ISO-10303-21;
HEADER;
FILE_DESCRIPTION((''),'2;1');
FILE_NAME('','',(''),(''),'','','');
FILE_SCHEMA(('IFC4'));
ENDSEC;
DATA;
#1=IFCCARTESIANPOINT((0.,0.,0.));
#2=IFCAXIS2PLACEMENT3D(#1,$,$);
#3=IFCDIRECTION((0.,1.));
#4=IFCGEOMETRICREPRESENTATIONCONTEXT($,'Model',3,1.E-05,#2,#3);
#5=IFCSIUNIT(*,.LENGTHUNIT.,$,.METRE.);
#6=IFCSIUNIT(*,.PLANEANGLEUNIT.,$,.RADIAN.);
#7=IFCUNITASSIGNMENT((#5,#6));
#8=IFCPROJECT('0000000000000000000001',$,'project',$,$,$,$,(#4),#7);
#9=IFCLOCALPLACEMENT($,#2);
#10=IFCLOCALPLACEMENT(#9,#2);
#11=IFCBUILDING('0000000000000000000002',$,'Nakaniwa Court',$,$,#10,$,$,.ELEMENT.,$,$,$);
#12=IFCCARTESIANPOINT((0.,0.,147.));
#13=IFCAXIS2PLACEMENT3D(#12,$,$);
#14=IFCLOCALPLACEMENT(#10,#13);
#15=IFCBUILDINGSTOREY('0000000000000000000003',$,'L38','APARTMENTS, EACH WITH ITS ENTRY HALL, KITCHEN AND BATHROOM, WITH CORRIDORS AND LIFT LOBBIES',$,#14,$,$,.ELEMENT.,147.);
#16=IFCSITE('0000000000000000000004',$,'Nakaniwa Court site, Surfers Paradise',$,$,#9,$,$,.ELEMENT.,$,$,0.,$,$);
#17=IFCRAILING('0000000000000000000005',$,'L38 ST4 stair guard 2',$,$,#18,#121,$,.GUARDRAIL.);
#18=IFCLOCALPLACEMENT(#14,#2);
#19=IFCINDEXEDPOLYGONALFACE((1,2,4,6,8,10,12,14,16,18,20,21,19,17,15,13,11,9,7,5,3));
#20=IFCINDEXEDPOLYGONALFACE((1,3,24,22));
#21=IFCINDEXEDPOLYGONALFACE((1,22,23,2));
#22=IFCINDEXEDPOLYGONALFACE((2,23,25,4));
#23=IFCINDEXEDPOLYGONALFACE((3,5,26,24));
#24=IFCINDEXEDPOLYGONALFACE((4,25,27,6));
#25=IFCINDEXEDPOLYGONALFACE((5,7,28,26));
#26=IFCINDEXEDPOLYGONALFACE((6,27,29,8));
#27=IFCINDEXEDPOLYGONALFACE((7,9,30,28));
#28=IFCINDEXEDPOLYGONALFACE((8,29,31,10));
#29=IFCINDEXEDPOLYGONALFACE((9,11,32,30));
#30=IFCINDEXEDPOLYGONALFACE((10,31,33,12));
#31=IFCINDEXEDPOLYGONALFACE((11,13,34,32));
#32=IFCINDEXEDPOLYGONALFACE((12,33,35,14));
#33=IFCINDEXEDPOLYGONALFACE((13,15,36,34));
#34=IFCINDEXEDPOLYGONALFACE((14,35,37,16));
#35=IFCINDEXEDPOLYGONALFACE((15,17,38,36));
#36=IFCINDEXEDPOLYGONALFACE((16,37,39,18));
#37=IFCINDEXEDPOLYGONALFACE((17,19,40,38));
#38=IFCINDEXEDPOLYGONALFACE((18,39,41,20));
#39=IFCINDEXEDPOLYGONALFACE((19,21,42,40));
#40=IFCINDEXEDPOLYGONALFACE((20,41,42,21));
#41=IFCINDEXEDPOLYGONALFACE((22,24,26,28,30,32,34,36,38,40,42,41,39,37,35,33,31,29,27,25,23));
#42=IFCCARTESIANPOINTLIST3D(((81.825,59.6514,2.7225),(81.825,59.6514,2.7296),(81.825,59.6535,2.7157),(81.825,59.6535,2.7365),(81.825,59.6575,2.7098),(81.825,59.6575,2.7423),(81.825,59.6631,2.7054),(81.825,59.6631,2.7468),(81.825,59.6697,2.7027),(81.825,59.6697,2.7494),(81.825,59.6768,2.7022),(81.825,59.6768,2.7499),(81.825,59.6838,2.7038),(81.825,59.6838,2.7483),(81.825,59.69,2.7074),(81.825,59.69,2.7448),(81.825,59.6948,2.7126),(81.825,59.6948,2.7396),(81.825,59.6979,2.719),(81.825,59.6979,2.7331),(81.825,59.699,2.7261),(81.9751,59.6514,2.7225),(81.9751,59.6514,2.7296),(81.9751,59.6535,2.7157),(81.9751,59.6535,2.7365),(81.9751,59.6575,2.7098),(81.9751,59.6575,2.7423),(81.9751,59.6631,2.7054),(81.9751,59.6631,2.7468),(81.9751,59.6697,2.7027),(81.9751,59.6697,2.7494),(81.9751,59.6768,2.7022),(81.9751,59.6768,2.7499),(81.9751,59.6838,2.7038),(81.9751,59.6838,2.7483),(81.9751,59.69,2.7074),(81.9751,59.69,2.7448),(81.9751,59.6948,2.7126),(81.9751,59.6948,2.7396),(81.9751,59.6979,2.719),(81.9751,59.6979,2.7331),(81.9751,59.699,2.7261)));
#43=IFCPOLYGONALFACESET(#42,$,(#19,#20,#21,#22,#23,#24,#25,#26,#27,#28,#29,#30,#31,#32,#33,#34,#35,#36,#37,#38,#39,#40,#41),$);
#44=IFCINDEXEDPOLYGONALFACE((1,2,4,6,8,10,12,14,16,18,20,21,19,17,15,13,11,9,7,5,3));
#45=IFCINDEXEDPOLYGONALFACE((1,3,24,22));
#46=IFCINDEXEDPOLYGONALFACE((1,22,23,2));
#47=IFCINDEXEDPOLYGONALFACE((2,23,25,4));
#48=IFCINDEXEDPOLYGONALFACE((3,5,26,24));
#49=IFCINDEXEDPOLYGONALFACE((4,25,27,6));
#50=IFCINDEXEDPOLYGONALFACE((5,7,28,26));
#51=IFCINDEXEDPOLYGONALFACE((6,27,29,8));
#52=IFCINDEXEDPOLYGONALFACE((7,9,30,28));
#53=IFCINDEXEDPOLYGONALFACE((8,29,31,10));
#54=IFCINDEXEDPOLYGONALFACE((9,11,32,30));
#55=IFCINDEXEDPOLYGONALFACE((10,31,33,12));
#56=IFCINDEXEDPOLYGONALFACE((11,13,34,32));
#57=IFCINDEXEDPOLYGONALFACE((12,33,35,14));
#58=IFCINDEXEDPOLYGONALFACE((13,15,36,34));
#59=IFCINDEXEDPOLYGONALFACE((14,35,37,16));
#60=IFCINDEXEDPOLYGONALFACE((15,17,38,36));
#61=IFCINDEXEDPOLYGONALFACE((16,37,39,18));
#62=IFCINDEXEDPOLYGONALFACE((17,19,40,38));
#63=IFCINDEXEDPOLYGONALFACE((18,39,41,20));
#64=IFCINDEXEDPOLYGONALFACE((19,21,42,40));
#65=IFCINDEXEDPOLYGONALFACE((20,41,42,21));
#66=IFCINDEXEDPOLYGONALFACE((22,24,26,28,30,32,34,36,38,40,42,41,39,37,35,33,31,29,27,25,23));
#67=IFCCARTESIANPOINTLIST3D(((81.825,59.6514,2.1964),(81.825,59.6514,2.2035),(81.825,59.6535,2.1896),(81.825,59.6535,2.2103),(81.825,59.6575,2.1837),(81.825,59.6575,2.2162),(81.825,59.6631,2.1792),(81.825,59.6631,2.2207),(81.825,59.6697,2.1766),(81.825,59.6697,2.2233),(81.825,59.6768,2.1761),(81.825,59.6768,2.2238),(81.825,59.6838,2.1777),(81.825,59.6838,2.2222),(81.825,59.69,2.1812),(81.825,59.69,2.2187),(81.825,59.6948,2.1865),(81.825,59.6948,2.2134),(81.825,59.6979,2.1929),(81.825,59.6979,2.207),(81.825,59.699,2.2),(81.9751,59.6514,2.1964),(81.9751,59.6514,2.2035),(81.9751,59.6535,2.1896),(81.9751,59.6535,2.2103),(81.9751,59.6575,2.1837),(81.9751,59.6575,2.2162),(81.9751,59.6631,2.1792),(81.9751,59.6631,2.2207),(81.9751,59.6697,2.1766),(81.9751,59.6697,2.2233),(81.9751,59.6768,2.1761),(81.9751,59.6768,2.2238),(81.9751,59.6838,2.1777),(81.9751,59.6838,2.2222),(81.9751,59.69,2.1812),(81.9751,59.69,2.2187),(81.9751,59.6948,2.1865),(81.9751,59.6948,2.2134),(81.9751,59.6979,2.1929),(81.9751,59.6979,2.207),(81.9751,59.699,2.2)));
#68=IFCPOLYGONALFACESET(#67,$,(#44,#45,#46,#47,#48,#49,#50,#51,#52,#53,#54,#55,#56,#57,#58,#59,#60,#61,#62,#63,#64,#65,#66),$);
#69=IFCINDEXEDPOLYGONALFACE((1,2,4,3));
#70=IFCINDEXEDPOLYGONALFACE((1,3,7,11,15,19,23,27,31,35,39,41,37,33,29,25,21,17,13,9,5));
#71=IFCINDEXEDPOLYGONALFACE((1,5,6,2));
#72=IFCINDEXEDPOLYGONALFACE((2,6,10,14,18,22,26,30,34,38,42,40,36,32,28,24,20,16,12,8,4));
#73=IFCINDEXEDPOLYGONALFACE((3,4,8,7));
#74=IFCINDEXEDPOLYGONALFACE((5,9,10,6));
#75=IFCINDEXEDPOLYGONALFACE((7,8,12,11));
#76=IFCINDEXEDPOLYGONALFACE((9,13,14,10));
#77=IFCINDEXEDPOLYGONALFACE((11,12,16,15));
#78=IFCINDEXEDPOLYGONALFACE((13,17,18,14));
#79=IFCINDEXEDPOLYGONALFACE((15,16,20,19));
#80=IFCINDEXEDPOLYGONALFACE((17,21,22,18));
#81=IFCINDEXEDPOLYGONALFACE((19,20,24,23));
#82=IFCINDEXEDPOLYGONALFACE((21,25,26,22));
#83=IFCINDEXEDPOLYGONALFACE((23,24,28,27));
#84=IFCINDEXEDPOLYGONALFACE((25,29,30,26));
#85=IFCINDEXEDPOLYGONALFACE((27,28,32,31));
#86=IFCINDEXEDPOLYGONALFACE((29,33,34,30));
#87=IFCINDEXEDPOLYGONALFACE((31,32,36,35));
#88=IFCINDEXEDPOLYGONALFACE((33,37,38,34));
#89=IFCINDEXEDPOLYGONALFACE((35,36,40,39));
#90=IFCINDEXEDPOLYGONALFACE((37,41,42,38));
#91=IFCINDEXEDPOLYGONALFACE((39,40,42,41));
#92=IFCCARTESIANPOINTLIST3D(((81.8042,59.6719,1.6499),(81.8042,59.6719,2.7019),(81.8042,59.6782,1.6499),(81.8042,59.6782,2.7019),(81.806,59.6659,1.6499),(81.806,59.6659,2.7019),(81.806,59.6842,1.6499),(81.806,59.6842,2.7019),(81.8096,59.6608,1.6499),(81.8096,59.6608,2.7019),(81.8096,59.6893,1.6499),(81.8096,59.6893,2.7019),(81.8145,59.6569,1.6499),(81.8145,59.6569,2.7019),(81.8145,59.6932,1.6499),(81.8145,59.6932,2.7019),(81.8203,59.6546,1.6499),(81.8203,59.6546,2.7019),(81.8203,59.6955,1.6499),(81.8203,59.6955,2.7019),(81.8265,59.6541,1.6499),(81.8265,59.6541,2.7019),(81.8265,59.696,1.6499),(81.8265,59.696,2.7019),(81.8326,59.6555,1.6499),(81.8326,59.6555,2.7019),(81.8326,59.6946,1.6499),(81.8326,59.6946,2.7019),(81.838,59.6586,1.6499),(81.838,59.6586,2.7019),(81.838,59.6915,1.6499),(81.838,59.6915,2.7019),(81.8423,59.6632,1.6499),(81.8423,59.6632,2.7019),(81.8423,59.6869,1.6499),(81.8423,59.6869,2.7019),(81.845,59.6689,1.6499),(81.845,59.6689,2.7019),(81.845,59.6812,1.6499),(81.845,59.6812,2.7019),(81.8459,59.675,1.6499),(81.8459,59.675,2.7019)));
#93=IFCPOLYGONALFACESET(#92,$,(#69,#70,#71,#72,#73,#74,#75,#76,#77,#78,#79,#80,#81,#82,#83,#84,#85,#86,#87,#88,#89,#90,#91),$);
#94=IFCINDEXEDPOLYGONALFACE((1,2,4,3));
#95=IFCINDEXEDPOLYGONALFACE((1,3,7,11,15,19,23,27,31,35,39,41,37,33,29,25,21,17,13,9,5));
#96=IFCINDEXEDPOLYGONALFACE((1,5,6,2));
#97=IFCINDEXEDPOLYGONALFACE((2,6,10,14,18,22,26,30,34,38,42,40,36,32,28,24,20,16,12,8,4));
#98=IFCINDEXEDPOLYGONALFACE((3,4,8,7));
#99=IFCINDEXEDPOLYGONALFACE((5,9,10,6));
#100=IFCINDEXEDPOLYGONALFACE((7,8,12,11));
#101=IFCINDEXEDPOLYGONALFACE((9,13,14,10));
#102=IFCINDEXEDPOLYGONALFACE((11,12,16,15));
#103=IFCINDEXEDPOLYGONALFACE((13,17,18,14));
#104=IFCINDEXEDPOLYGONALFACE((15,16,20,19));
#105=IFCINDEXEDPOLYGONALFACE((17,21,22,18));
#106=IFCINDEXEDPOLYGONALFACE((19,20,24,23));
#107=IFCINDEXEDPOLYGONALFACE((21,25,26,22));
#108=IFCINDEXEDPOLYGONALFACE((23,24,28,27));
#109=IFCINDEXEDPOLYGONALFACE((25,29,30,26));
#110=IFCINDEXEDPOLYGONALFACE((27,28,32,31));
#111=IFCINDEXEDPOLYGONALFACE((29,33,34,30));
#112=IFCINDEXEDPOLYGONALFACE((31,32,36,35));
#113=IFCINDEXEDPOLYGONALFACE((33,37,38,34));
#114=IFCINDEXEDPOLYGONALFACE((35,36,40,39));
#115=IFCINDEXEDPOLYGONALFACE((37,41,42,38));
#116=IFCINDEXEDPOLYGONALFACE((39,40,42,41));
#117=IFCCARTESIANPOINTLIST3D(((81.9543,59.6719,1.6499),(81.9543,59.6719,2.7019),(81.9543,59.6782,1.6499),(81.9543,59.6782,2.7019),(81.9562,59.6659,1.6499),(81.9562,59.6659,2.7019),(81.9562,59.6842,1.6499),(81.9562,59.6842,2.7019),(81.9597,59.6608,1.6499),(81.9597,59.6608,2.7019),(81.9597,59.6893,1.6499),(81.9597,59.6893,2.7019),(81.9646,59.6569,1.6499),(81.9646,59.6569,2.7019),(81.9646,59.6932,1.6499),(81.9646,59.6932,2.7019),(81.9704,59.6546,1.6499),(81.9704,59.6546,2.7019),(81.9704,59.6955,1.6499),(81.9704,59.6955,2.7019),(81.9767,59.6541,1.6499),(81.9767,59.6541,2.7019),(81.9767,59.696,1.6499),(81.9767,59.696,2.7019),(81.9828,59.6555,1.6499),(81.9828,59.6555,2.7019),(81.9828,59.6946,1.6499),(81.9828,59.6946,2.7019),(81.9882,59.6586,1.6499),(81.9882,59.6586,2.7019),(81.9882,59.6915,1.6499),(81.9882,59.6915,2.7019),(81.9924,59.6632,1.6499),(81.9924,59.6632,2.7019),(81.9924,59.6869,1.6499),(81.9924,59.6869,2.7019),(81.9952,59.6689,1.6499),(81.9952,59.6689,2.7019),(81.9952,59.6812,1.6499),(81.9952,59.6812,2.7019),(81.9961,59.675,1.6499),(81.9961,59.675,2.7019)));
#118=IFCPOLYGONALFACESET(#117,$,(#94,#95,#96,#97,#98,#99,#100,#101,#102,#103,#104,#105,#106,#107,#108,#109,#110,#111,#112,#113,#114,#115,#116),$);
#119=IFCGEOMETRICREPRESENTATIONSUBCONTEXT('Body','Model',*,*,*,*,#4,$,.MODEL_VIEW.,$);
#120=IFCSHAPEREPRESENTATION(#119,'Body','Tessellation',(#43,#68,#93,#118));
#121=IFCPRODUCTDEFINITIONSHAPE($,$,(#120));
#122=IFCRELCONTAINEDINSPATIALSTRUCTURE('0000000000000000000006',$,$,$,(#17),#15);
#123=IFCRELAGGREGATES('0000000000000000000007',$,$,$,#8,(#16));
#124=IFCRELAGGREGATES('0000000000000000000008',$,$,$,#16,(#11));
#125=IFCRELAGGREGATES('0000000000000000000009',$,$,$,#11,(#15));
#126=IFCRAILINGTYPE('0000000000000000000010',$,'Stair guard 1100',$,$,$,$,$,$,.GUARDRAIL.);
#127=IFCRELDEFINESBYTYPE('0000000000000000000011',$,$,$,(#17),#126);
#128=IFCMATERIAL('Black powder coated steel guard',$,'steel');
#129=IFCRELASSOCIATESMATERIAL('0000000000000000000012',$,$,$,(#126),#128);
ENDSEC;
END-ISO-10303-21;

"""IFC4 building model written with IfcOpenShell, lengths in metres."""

from ifc_helpers import new_model, si_unit, direction, frame, origin, origin_2d, place, context, subcontext, project, spatial, circle, extrude, material, type_object, element, save


model = new_model("IFC4")

# Units and contexts
model_context = context("Model", 3, precision=1e-05, world=origin(), true_north=direction((0.0, 1.0)))
body_context = subcontext(model_context, "Body", "Model", "MODEL_VIEW")
ifc_project = project(units=[si_unit("LENGTHUNIT", "METRE"), si_unit("PLANEANGLEUNIT", "RADIAN")], contexts=[model_context])

# Site, building, storey
site_placement = place(None, origin())
site = spatial("IfcSite", under=ifc_project, at=site_placement, Name="Nakaniwa Court site, Surfers Paradise", CompositionType="ELEMENT", RefElevation=0.0)
building_placement = place(site_placement, origin())
building = spatial("IfcBuilding", under=site, at=building_placement, Name="Nakaniwa Court", CompositionType="ELEMENT")
storey_placement = place(building_placement, frame((0.0, 0.0, 147.0)))
storey = spatial("IfcBuildingStorey", under=building, at=storey_placement, Name="L38", Description="APARTMENTS, EACH WITH ITS ENTRY HALL, KITCHEN AND BATHROOM, WITH CORRIDORS AND LIFT LOBBIES", CompositionType="ELEMENT", Elevation=147.0)

# Railing
ifc_material_1 = material(Name="Black powder coated steel guard", Category="steel")
railing_type_1 = type_object("IfcRailingType", Name="Stair guard 1100", PredefinedType="GUARDRAIL", material=ifc_material_1)
railing_1_placement = place(storey_placement, frame((81.825, 59.675, 1.6499)))
element("IfcRailing", 1, at=railing_1_placement, inside=storey, type_object=railing_type_1, Name="L38 ST4 stair guard 2", PredefinedType="GUARDRAIL", context=body_context, shape_type="SweptSolid", body=[
    extrude(circle(Radius=0.0239, at=origin_2d()), frame((0.0, 0.0, 1.0762), z_axis=(1.0, 0.0, 0.0), x_axis=(0.0, 1.0, 0.0)), (0.0, 0.0, 1.0), 0.1501),
    extrude(circle(Radius=0.0239, at=origin_2d()), frame((0.0, 0.0, 0.55), z_axis=(1.0, 0.0, 0.0), x_axis=(0.0, 1.0, 0.0)), (0.0, 0.0, 1.0), 0.1501),
    extrude(circle(Radius=0.021, at=origin_2d()), origin(), (0.0, 0.0, 1.0), 1.052),
    extrude(circle(Radius=0.021, at=origin_2d()), frame((0.1501, 0.0, 0.0)), (0.0, 0.0, 1.0), 1.052),
])

save(model, "model.ifc")
